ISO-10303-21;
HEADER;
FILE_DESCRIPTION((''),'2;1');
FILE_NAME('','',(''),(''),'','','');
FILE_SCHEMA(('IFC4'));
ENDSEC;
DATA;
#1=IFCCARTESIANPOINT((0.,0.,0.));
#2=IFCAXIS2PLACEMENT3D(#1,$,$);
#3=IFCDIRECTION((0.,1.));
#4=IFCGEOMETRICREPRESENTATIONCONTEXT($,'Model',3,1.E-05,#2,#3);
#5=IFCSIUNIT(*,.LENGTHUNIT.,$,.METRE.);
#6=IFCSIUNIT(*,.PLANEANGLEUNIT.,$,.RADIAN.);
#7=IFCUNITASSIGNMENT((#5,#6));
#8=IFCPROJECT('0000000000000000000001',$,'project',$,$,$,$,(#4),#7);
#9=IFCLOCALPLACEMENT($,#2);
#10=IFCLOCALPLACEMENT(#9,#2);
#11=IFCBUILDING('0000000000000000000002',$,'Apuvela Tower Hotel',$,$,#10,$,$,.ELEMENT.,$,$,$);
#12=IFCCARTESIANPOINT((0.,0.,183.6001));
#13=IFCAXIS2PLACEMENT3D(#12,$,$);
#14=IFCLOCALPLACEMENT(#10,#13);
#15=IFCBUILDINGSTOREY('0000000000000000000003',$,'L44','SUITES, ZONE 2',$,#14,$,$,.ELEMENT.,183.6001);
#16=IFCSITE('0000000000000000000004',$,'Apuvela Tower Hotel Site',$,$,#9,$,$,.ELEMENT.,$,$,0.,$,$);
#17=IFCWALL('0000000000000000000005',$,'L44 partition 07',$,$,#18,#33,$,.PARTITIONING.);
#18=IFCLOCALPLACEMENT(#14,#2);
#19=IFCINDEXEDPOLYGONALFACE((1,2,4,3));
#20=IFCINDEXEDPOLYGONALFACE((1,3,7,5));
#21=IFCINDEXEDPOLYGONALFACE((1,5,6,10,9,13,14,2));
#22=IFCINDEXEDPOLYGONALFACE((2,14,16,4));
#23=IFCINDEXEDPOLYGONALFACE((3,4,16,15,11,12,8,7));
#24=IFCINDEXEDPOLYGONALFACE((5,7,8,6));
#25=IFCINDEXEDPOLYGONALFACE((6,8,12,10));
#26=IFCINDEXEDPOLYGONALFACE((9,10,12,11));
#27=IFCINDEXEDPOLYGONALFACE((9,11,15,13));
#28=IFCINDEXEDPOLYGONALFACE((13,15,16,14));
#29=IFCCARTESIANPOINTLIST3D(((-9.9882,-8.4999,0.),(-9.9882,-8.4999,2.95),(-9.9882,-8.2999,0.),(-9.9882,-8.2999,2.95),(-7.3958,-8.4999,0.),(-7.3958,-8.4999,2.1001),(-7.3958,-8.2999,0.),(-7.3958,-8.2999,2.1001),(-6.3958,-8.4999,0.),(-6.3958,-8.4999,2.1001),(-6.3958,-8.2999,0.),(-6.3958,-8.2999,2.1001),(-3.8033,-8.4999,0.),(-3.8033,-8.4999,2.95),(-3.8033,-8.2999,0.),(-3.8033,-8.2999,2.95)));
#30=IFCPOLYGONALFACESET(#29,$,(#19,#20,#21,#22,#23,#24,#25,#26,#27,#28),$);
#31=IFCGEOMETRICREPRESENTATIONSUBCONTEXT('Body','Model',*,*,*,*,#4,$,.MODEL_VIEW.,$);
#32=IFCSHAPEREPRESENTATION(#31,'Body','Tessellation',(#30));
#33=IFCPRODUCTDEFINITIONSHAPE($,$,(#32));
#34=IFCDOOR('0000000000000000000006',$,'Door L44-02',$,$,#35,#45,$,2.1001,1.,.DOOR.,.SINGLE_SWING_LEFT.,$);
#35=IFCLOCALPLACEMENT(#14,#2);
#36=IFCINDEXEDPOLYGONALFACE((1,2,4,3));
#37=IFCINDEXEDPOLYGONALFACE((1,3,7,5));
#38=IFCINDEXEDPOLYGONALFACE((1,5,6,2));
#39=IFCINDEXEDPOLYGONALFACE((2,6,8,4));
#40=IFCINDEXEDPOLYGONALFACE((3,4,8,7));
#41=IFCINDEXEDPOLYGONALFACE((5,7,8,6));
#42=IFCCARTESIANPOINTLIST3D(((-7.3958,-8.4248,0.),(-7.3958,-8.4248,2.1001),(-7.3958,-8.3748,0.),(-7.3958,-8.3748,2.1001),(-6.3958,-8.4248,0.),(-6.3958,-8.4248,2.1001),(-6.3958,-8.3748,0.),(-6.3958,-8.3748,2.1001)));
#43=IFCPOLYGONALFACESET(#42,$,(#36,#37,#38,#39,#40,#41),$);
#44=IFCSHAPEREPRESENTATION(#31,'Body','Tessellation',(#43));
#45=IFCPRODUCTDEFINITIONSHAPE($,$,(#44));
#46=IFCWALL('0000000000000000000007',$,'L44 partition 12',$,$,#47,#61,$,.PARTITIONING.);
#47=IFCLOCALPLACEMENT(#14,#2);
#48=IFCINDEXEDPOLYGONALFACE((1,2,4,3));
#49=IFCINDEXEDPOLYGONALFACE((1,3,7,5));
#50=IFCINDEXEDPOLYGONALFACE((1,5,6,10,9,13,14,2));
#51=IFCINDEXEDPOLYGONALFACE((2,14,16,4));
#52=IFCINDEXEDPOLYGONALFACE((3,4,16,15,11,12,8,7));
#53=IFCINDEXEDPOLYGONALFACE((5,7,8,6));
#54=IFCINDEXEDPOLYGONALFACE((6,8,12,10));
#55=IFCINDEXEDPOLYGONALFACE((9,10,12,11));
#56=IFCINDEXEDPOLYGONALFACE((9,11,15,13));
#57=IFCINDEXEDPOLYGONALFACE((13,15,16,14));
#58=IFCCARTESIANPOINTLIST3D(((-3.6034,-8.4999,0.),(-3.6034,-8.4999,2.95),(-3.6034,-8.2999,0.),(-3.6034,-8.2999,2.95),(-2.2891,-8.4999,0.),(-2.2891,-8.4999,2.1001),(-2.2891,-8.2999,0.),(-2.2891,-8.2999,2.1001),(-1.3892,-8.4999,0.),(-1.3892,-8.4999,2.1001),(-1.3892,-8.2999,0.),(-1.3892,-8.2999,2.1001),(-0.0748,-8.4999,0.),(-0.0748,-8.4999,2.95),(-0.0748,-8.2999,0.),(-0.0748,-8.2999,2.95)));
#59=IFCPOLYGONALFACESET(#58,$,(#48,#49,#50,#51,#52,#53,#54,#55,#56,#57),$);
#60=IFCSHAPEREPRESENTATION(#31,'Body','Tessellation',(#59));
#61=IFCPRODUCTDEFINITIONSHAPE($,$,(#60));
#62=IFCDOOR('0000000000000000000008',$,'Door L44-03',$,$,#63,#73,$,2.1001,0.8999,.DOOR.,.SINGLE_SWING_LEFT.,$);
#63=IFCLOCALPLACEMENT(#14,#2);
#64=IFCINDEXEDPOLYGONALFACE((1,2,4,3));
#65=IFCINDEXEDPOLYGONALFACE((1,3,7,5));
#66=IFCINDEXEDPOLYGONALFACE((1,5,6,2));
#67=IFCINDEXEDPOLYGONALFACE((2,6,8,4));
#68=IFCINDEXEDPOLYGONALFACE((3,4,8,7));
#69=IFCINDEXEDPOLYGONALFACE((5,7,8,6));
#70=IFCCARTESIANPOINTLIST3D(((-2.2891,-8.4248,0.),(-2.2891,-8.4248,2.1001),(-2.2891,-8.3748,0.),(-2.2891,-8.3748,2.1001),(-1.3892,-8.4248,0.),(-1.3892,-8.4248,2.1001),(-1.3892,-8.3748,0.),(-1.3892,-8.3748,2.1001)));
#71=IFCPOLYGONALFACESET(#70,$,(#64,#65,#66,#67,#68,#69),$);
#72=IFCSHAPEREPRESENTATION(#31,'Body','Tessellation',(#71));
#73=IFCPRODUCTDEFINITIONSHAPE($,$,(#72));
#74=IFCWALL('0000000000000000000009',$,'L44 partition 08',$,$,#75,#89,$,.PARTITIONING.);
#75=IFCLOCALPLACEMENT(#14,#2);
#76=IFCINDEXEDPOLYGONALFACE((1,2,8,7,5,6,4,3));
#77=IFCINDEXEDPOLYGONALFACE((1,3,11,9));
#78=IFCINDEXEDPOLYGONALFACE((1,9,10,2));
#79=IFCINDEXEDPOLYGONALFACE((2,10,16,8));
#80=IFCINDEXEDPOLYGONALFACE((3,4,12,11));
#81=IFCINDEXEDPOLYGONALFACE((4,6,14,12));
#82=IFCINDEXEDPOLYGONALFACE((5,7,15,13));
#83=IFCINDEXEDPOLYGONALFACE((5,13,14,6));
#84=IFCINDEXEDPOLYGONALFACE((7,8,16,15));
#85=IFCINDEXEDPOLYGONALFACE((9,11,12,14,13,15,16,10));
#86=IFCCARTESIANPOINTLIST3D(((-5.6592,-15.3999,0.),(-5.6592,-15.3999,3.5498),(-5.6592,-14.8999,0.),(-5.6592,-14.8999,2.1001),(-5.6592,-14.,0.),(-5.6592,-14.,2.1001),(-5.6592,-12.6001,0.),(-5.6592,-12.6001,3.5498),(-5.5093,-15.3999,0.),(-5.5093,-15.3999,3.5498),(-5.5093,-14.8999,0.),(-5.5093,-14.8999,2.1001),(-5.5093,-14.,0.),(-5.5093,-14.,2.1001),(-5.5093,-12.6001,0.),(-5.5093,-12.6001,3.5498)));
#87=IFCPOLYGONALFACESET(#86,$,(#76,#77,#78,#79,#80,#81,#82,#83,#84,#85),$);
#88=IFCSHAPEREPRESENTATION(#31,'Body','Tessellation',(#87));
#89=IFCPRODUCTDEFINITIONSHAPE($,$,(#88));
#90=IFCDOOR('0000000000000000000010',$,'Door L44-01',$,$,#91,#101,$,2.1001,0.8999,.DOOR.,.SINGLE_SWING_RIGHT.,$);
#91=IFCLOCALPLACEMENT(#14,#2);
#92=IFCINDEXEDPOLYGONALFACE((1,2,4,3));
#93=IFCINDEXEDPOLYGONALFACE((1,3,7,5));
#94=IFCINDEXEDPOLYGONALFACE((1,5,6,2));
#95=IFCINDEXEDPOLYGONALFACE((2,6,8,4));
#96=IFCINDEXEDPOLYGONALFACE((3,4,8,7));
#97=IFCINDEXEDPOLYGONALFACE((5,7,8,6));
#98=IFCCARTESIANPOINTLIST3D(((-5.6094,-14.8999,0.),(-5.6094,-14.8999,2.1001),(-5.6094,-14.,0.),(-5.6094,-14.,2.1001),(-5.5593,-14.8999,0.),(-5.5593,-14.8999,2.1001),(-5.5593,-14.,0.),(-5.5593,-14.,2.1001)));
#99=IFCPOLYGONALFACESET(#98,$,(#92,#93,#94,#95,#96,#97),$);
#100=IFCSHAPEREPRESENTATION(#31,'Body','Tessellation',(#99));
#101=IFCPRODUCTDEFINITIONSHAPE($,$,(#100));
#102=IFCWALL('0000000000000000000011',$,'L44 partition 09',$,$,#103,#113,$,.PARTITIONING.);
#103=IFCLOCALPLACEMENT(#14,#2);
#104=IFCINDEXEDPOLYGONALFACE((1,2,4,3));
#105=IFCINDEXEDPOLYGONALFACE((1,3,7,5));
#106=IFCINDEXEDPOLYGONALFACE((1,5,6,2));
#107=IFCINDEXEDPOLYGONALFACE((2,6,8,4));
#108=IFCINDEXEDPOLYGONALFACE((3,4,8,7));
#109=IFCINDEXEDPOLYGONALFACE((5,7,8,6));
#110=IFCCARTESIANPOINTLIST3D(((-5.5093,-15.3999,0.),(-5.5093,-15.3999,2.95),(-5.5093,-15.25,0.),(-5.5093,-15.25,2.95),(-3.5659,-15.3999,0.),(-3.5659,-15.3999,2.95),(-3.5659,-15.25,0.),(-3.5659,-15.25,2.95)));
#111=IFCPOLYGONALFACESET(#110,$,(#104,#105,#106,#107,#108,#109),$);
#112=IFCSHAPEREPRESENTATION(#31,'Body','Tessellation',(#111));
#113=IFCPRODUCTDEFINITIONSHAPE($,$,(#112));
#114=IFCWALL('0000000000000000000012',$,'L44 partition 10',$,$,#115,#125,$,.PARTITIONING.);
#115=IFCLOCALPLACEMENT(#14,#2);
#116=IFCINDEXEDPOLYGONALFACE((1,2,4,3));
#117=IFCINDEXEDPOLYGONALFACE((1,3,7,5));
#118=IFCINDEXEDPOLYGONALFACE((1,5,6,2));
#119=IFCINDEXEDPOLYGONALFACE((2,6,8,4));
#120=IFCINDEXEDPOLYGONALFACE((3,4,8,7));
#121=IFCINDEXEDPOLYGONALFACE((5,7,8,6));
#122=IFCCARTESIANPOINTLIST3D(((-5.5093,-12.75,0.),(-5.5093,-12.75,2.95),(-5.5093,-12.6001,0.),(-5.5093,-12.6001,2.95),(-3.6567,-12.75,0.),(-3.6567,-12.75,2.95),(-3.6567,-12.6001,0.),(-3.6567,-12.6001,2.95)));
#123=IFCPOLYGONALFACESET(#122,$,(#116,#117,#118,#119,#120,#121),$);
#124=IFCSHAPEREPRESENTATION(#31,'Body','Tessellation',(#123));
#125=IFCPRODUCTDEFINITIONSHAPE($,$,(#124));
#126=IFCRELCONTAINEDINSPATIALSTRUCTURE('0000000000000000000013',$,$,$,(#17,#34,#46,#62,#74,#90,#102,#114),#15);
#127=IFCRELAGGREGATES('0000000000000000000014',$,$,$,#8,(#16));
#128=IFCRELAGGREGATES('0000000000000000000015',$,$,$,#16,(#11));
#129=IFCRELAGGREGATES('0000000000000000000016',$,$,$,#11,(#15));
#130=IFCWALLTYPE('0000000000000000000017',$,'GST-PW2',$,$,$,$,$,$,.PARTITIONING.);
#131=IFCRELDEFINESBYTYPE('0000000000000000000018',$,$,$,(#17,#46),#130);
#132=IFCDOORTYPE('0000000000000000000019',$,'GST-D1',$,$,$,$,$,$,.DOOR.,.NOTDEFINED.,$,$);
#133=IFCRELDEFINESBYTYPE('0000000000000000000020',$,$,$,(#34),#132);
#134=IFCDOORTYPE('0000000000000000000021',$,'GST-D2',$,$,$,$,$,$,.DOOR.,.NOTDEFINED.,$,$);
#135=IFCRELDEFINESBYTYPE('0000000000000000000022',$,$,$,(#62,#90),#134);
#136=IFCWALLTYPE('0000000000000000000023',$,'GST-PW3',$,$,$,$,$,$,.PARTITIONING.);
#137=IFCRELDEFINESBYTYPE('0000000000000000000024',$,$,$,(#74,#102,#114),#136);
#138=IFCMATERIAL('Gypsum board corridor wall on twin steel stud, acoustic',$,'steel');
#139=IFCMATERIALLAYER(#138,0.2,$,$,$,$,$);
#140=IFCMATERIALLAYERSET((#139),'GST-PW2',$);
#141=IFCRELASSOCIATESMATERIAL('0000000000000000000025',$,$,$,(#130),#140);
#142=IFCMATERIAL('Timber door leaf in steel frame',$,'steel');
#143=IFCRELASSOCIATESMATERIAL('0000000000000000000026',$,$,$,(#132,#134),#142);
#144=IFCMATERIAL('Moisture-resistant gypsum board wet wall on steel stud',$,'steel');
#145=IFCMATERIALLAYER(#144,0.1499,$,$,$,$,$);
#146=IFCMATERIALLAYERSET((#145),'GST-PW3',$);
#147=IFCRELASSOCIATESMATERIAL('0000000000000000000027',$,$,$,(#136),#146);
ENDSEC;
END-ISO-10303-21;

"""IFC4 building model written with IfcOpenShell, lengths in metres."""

from ifc_helpers import new_model, si_unit, direction, frame, frame_2d, origin, place, context, subcontext, project, spatial, rectangle, extrude, material, layer, layer_set, type_object, element, fill, save


model = new_model("IFC4")

# Units and contexts
model_context = context("Model", 3, precision=1e-05, world=origin(), true_north=direction((0.0, 1.0)))
body_context = subcontext(model_context, "Body", "Model", "MODEL_VIEW")
ifc_project = project(units=[si_unit("LENGTHUNIT", "METRE"), si_unit("PLANEANGLEUNIT", "RADIAN")], contexts=[model_context])

# Site, building, storey
site_placement = place(None, origin())
site = spatial("IfcSite", under=ifc_project, at=site_placement, Name="Apuvela Tower Hotel Site", CompositionType="ELEMENT", RefElevation=0.0)
building_placement = place(site_placement, origin())
building = spatial("IfcBuilding", under=site, at=building_placement, Name="Apuvela Tower Hotel", CompositionType="ELEMENT")
storey_placement = place(building_placement, frame((0.0, 0.0, 183.6001)))
storey = spatial("IfcBuildingStorey", under=building, at=storey_placement, Name="L44", Description="SUITES, ZONE 2", CompositionType="ELEMENT", Elevation=183.6001)

# Walls, openings, doors
ifc_material_1 = material(Name="Gypsum board corridor wall on twin steel stud, acoustic", Category="steel")
ifc_layer_1 = layer(ifc_material_1, 0.2)
ifc_layer_set_1 = layer_set([ifc_layer_1], Name="GST-PW2")
wall_type_1 = type_object("IfcWallType", Name="GST-PW2", PredefinedType="PARTITIONING", material=ifc_layer_set_1)
wall_1_placement = place(storey_placement, frame((-3.8035, -8.3999, 0.0), z_axis=(0.0, 0.0, 1.0), x_axis=(-1.0, 0.0, 0.0)))
wall_1 = element("IfcWall", 1, at=wall_1_placement, inside=storey, type_object=wall_type_1, Name="L44 partition 07", PredefinedType="PARTITIONING", context=body_context, shape_type="SweptSolid", body=[
    extrude(rectangle(XDim=6.1848, YDim=0.2, at=frame_2d((3.0923, 0.0))), origin(), (0.0, 0.0, 1.0), 2.95),
])
opening_1_placement = place(wall_1_placement, frame((2.5923, 0.0, 0.0)))
opening_1 = element("IfcOpeningElement", 2, at=opening_1_placement, cuts=wall_1, PredefinedType="OPENING", context=body_context, shape_type="SweptSolid", body=[
    extrude(rectangle(XDim=1.0, YDim=2.1001, at=frame_2d((0.5, 1.05))), frame((0.0, 0.1099, 0.0), z_axis=(0.0, -1.0, 0.0), x_axis=(1.0, 0.0, 0.0)), (0.0, 0.0, 1.0), 0.22),
])
ifc_material_2 = material(Name="Timber door leaf in steel frame", Category="steel")
door_type_1 = type_object("IfcDoorType", Name="GST-D1", OperationType="NOTDEFINED", PredefinedType="DOOR", material=ifc_material_2)
door_1_placement = place(opening_1_placement, origin())
door_1 = element("IfcDoor", 3, at=door_1_placement, inside=storey, type_object=door_type_1, Name="Door L44-02", OperationType="SINGLE_SWING_LEFT", OverallHeight=2.1001, OverallWidth=1.0, PredefinedType="DOOR", context=body_context, shape_type="SweptSolid", body=[
    extrude(rectangle(XDim=1.0, YDim=2.1001, at=frame_2d((0.5, 1.05))), frame((0.0, 0.0249, 0.0), z_axis=(0.0, -1.0, 0.0), x_axis=(1.0, 0.0, 0.0)), (0.0, 0.0, 1.0), 0.05),
])
fill(opening_1, door_1)
wall_2_placement = place(storey_placement, frame((-0.075, -8.3999, 0.0), z_axis=(0.0, 0.0, 1.0), x_axis=(-1.0, 0.0, 0.0)))
wall_2 = element("IfcWall", 4, at=wall_2_placement, inside=storey, type_object=wall_type_1, Name="L44 partition 12", PredefinedType="PARTITIONING", context=body_context, shape_type="SweptSolid", body=[
    extrude(rectangle(XDim=3.5286, YDim=0.2, at=frame_2d((1.7642, 0.0))), origin(), (0.0, 0.0, 1.0), 2.95),
])
opening_2_placement = place(wall_2_placement, frame((1.3142, 0.0, 0.0)))
opening_2 = element("IfcOpeningElement", 5, at=opening_2_placement, cuts=wall_2, PredefinedType="OPENING", context=body_context, shape_type="SweptSolid", body=[
    extrude(rectangle(XDim=0.8999, YDim=2.1001, at=frame_2d((0.45, 1.05))), frame((0.0, 0.1099, 0.0), z_axis=(0.0, -1.0, 0.0), x_axis=(1.0, 0.0, 0.0)), (0.0, 0.0, 1.0), 0.22),
])
door_type_2 = type_object("IfcDoorType", Name="GST-D2", OperationType="NOTDEFINED", PredefinedType="DOOR", material=ifc_material_2)
door_2_placement = place(opening_2_placement, origin())
door_2 = element("IfcDoor", 6, at=door_2_placement, inside=storey, type_object=door_type_2, Name="Door L44-03", OperationType="SINGLE_SWING_LEFT", OverallHeight=2.1001, OverallWidth=0.8999, PredefinedType="DOOR", context=body_context, shape_type="SweptSolid", body=[
    extrude(rectangle(XDim=0.8999, YDim=2.1001, at=frame_2d((0.45, 1.05))), frame((0.0, 0.0249, 0.0), z_axis=(0.0, -1.0, 0.0), x_axis=(1.0, 0.0, 0.0)), (0.0, 0.0, 1.0), 0.05),
])
fill(opening_2, door_2)
ifc_material_3 = material(Name="Moisture-resistant gypsum board wet wall on steel stud", Category="steel")
ifc_layer_2 = layer(ifc_material_3, 0.1499)
ifc_layer_set_2 = layer_set([ifc_layer_2], Name="GST-PW3")
wall_type_2 = type_object("IfcWallType", Name="GST-PW3", PredefinedType="PARTITIONING", material=ifc_layer_set_2)
wall_3_placement = place(storey_placement, frame((-5.5842, -12.6001, 0.0), z_axis=(0.0, 0.0, 1.0), x_axis=(0.0, -1.0, 0.0)))
wall_3 = element("IfcWall", 7, at=wall_3_placement, inside=storey, type_object=wall_type_2, Name="L44 partition 08", PredefinedType="PARTITIONING", context=body_context, shape_type="SweptSolid", body=[
    extrude(rectangle(XDim=2.7998, YDim=0.1499, at=frame_2d((1.3999, 0.0))), origin(), (0.0, 0.0, 1.0), 3.5498),
])
opening_3_placement = place(wall_3_placement, frame((1.3999, 0.0, 0.0)))
opening_3 = element("IfcOpeningElement", 8, at=opening_3_placement, cuts=wall_3, PredefinedType="OPENING", context=body_context, shape_type="SweptSolid", body=[
    extrude(rectangle(XDim=0.8999, YDim=2.1001, at=frame_2d((0.45, 1.05))), frame((0.0, 0.085, 0.0), z_axis=(0.0, -1.0, 0.0), x_axis=(1.0, 0.0, 0.0)), (0.0, 0.0, 1.0), 0.1699),
])
door_3_placement = place(opening_3_placement, origin())
door_3 = element("IfcDoor", 9, at=door_3_placement, inside=storey, type_object=door_type_2, Name="Door L44-01", OperationType="SINGLE_SWING_RIGHT", OverallHeight=2.1001, OverallWidth=0.8999, PredefinedType="DOOR", context=body_context, shape_type="SweptSolid", body=[
    extrude(rectangle(XDim=0.8999, YDim=2.1001, at=frame_2d((0.45, 1.05))), frame((0.0, 0.0249, 0.0), z_axis=(0.0, -1.0, 0.0), x_axis=(1.0, 0.0, 0.0)), (0.0, 0.0, 1.0), 0.05),
])
fill(opening_3, door_3)

# Walls
wall_4_placement = place(storey_placement, frame((-5.5093, -15.325, 0.0), z_axis=(0.0, 0.0, 1.0), x_axis=(1.0, 0.0, 0.0)))
element("IfcWall", 10, at=wall_4_placement, inside=storey, type_object=wall_type_2, Name="L44 partition 09", PredefinedType="PARTITIONING", context=body_context, shape_type="SweptSolid", body=[
    extrude(rectangle(XDim=1.9434, YDim=0.1499, at=frame_2d((0.9717, 0.0))), origin(), (0.0, 0.0, 1.0), 2.95),
])
wall_5_placement = place(storey_placement, frame((-5.5093, -12.675, 0.0), z_axis=(0.0, 0.0, 1.0), x_axis=(1.0, 0.0, 0.0)))
element("IfcWall", 11, at=wall_5_placement, inside=storey, type_object=wall_type_2, Name="L44 partition 10", PredefinedType="PARTITIONING", context=body_context, shape_type="SweptSolid", body=[
    extrude(rectangle(XDim=1.8525, YDim=0.1499, at=frame_2d((0.9263, 0.0))), origin(), (0.0, 0.0, 1.0), 2.95),
])

save(model, "model.ifc")
